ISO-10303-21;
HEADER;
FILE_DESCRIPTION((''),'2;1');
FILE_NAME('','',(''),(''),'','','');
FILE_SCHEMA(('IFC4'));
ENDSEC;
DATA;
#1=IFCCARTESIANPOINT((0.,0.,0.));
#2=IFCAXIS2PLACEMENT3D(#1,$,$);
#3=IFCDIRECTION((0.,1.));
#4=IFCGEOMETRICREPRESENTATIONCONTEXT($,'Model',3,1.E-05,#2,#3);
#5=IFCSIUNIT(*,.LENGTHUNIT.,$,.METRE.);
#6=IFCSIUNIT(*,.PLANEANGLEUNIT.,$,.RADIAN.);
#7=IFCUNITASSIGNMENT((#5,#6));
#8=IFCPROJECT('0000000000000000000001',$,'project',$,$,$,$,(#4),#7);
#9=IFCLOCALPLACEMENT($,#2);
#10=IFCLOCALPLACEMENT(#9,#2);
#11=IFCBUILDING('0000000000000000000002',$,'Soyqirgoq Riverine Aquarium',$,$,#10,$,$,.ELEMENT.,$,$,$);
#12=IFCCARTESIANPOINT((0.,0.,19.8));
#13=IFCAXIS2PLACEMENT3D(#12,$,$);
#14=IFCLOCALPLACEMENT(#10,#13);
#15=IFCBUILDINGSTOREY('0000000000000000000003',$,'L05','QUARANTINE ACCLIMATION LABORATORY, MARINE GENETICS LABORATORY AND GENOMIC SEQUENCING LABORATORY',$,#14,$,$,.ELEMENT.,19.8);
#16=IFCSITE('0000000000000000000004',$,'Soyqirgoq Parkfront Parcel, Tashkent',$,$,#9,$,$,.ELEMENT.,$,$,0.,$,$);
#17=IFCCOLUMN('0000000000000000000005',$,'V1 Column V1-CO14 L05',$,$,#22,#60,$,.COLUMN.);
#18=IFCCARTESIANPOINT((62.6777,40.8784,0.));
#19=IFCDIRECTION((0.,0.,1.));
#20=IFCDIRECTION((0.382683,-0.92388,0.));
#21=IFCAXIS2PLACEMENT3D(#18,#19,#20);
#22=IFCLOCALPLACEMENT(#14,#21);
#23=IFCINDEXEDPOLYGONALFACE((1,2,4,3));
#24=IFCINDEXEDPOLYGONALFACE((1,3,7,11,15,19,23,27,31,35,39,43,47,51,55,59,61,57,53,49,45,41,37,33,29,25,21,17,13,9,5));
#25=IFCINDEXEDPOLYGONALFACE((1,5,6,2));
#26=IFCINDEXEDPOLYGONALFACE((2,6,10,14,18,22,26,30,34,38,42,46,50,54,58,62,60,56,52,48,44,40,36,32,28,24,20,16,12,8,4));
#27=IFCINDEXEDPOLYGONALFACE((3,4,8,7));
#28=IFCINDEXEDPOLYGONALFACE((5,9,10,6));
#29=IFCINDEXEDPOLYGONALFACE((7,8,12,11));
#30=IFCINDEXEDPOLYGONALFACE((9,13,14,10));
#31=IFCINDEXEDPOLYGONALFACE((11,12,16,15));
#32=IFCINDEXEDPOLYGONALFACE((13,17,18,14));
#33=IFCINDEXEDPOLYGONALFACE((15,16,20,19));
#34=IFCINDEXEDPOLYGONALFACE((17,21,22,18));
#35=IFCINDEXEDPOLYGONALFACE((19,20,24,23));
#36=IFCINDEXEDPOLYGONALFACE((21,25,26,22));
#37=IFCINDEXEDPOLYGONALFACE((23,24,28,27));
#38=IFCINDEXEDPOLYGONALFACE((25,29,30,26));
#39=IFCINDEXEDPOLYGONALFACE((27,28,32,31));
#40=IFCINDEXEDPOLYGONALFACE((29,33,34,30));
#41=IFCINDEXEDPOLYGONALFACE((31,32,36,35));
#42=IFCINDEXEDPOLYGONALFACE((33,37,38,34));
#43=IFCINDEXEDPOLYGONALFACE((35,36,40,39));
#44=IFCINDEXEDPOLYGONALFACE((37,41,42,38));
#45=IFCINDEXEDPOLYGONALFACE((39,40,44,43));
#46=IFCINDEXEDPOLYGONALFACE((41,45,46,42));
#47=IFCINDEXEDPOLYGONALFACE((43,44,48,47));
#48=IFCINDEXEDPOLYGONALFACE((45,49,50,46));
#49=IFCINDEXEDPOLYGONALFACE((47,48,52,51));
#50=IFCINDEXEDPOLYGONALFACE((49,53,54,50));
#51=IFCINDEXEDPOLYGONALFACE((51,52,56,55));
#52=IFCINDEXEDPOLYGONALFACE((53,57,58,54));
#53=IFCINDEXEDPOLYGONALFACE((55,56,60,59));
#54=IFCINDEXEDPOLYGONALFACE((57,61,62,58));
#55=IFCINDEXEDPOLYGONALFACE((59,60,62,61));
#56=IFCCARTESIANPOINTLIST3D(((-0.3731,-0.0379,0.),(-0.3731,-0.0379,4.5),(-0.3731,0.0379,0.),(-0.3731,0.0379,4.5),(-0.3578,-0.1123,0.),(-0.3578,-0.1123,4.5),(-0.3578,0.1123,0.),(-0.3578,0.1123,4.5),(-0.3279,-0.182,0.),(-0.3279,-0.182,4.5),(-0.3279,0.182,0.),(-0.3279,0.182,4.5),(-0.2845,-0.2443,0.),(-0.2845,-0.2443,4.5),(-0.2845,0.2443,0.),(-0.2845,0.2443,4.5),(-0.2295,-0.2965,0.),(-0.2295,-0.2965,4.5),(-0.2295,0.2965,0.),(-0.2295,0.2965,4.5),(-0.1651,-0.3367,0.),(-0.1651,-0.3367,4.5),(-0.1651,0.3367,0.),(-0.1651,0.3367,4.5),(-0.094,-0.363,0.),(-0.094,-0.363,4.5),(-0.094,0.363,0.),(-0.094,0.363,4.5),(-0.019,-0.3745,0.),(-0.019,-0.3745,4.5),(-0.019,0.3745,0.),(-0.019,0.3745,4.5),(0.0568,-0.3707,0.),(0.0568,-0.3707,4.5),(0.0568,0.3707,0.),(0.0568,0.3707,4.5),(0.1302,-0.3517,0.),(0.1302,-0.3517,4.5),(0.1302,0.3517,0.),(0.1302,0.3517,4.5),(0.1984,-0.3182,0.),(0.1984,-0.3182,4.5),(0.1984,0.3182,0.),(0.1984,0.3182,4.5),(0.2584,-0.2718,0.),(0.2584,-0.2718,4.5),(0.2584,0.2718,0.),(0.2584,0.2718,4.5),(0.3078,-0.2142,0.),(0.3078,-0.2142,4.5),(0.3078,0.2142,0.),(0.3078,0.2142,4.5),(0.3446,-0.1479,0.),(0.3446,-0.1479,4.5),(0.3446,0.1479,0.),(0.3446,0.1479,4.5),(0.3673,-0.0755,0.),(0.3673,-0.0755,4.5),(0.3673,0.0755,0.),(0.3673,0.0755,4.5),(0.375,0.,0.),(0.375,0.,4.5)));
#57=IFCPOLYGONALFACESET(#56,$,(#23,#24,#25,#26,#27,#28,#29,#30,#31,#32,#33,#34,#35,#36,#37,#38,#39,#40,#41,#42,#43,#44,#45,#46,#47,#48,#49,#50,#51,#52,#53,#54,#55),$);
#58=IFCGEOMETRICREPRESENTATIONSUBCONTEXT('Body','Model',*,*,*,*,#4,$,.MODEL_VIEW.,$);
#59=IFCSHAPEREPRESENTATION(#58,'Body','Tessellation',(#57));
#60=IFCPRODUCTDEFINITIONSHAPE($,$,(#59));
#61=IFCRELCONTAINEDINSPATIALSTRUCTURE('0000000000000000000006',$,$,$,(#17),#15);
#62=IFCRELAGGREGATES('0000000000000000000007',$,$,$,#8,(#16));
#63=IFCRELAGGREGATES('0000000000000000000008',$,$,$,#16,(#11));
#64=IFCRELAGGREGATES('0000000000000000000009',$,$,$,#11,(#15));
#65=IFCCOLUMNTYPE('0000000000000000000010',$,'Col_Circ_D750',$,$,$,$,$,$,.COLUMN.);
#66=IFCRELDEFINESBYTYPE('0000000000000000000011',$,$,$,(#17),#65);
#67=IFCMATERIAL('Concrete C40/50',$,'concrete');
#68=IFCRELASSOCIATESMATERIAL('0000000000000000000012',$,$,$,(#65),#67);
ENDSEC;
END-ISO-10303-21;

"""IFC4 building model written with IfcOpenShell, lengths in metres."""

from ifc_helpers import new_model, si_unit, direction, frame, origin, origin_2d, place, context, subcontext, project, spatial, circle, extrude, material, material_profile, profile_set, type_object, element, save


model = new_model("IFC4")

# Units and contexts
model_context = context("Model", 3, precision=1e-05, world=origin(), true_north=direction((0.0, 1.0)))
body_context = subcontext(model_context, "Body", "Model", "MODEL_VIEW")
ifc_project = project(units=[si_unit("LENGTHUNIT", "METRE"), si_unit("PLANEANGLEUNIT", "RADIAN")], contexts=[model_context])

# Site, building, storey
site_placement = place(None, origin())
site = spatial("IfcSite", under=ifc_project, at=site_placement, Name="Soyqirgoq Parkfront Parcel, Tashkent", CompositionType="ELEMENT", RefElevation=0.0)
building_placement = place(site_placement, origin())
building = spatial("IfcBuilding", under=site, at=building_placement, Name="Soyqirgoq Riverine Aquarium", CompositionType="ELEMENT")
storey_placement = place(building_placement, frame((0.0, 0.0, 19.8)))
storey = spatial("IfcBuildingStorey", under=building, at=storey_placement, Name="L05", Description="QUARANTINE ACCLIMATION LABORATORY, MARINE GENETICS LABORATORY AND GENOMIC SEQUENCING LABORATORY", CompositionType="ELEMENT", Elevation=19.8)

# Column
ifc_material_1 = material(Name="Concrete C40/50", Category="concrete")
ifc_material_profile_1 = material_profile(ifc_material_1, circle(Radius=0.375, at=origin_2d()), Name="RC-COL D750")
ifc_profile_set_1 = profile_set([ifc_material_profile_1], Name="Concrete C40/50")
column_type = type_object("IfcColumnType", Name="Col_Circ_D750", PredefinedType="COLUMN", material=ifc_profile_set_1)
column_placement = place(storey_placement, frame((62.6777, 40.8784, 0.0), z_axis=(0.0, 0.0, 1.0), x_axis=(0.382683, -0.92388, 0.0)))
element("IfcColumn", 1, at=column_placement, inside=storey, type_object=column_type, Name="V1 Column V1-CO14 L05", PredefinedType="COLUMN", context=body_context, shape_type="SweptSolid", body=[
    extrude(circle(Radius=0.375, at=origin_2d()), origin(), (0.0, 0.0, 1.0), 4.5),
])

save(model, "model.ifc")
